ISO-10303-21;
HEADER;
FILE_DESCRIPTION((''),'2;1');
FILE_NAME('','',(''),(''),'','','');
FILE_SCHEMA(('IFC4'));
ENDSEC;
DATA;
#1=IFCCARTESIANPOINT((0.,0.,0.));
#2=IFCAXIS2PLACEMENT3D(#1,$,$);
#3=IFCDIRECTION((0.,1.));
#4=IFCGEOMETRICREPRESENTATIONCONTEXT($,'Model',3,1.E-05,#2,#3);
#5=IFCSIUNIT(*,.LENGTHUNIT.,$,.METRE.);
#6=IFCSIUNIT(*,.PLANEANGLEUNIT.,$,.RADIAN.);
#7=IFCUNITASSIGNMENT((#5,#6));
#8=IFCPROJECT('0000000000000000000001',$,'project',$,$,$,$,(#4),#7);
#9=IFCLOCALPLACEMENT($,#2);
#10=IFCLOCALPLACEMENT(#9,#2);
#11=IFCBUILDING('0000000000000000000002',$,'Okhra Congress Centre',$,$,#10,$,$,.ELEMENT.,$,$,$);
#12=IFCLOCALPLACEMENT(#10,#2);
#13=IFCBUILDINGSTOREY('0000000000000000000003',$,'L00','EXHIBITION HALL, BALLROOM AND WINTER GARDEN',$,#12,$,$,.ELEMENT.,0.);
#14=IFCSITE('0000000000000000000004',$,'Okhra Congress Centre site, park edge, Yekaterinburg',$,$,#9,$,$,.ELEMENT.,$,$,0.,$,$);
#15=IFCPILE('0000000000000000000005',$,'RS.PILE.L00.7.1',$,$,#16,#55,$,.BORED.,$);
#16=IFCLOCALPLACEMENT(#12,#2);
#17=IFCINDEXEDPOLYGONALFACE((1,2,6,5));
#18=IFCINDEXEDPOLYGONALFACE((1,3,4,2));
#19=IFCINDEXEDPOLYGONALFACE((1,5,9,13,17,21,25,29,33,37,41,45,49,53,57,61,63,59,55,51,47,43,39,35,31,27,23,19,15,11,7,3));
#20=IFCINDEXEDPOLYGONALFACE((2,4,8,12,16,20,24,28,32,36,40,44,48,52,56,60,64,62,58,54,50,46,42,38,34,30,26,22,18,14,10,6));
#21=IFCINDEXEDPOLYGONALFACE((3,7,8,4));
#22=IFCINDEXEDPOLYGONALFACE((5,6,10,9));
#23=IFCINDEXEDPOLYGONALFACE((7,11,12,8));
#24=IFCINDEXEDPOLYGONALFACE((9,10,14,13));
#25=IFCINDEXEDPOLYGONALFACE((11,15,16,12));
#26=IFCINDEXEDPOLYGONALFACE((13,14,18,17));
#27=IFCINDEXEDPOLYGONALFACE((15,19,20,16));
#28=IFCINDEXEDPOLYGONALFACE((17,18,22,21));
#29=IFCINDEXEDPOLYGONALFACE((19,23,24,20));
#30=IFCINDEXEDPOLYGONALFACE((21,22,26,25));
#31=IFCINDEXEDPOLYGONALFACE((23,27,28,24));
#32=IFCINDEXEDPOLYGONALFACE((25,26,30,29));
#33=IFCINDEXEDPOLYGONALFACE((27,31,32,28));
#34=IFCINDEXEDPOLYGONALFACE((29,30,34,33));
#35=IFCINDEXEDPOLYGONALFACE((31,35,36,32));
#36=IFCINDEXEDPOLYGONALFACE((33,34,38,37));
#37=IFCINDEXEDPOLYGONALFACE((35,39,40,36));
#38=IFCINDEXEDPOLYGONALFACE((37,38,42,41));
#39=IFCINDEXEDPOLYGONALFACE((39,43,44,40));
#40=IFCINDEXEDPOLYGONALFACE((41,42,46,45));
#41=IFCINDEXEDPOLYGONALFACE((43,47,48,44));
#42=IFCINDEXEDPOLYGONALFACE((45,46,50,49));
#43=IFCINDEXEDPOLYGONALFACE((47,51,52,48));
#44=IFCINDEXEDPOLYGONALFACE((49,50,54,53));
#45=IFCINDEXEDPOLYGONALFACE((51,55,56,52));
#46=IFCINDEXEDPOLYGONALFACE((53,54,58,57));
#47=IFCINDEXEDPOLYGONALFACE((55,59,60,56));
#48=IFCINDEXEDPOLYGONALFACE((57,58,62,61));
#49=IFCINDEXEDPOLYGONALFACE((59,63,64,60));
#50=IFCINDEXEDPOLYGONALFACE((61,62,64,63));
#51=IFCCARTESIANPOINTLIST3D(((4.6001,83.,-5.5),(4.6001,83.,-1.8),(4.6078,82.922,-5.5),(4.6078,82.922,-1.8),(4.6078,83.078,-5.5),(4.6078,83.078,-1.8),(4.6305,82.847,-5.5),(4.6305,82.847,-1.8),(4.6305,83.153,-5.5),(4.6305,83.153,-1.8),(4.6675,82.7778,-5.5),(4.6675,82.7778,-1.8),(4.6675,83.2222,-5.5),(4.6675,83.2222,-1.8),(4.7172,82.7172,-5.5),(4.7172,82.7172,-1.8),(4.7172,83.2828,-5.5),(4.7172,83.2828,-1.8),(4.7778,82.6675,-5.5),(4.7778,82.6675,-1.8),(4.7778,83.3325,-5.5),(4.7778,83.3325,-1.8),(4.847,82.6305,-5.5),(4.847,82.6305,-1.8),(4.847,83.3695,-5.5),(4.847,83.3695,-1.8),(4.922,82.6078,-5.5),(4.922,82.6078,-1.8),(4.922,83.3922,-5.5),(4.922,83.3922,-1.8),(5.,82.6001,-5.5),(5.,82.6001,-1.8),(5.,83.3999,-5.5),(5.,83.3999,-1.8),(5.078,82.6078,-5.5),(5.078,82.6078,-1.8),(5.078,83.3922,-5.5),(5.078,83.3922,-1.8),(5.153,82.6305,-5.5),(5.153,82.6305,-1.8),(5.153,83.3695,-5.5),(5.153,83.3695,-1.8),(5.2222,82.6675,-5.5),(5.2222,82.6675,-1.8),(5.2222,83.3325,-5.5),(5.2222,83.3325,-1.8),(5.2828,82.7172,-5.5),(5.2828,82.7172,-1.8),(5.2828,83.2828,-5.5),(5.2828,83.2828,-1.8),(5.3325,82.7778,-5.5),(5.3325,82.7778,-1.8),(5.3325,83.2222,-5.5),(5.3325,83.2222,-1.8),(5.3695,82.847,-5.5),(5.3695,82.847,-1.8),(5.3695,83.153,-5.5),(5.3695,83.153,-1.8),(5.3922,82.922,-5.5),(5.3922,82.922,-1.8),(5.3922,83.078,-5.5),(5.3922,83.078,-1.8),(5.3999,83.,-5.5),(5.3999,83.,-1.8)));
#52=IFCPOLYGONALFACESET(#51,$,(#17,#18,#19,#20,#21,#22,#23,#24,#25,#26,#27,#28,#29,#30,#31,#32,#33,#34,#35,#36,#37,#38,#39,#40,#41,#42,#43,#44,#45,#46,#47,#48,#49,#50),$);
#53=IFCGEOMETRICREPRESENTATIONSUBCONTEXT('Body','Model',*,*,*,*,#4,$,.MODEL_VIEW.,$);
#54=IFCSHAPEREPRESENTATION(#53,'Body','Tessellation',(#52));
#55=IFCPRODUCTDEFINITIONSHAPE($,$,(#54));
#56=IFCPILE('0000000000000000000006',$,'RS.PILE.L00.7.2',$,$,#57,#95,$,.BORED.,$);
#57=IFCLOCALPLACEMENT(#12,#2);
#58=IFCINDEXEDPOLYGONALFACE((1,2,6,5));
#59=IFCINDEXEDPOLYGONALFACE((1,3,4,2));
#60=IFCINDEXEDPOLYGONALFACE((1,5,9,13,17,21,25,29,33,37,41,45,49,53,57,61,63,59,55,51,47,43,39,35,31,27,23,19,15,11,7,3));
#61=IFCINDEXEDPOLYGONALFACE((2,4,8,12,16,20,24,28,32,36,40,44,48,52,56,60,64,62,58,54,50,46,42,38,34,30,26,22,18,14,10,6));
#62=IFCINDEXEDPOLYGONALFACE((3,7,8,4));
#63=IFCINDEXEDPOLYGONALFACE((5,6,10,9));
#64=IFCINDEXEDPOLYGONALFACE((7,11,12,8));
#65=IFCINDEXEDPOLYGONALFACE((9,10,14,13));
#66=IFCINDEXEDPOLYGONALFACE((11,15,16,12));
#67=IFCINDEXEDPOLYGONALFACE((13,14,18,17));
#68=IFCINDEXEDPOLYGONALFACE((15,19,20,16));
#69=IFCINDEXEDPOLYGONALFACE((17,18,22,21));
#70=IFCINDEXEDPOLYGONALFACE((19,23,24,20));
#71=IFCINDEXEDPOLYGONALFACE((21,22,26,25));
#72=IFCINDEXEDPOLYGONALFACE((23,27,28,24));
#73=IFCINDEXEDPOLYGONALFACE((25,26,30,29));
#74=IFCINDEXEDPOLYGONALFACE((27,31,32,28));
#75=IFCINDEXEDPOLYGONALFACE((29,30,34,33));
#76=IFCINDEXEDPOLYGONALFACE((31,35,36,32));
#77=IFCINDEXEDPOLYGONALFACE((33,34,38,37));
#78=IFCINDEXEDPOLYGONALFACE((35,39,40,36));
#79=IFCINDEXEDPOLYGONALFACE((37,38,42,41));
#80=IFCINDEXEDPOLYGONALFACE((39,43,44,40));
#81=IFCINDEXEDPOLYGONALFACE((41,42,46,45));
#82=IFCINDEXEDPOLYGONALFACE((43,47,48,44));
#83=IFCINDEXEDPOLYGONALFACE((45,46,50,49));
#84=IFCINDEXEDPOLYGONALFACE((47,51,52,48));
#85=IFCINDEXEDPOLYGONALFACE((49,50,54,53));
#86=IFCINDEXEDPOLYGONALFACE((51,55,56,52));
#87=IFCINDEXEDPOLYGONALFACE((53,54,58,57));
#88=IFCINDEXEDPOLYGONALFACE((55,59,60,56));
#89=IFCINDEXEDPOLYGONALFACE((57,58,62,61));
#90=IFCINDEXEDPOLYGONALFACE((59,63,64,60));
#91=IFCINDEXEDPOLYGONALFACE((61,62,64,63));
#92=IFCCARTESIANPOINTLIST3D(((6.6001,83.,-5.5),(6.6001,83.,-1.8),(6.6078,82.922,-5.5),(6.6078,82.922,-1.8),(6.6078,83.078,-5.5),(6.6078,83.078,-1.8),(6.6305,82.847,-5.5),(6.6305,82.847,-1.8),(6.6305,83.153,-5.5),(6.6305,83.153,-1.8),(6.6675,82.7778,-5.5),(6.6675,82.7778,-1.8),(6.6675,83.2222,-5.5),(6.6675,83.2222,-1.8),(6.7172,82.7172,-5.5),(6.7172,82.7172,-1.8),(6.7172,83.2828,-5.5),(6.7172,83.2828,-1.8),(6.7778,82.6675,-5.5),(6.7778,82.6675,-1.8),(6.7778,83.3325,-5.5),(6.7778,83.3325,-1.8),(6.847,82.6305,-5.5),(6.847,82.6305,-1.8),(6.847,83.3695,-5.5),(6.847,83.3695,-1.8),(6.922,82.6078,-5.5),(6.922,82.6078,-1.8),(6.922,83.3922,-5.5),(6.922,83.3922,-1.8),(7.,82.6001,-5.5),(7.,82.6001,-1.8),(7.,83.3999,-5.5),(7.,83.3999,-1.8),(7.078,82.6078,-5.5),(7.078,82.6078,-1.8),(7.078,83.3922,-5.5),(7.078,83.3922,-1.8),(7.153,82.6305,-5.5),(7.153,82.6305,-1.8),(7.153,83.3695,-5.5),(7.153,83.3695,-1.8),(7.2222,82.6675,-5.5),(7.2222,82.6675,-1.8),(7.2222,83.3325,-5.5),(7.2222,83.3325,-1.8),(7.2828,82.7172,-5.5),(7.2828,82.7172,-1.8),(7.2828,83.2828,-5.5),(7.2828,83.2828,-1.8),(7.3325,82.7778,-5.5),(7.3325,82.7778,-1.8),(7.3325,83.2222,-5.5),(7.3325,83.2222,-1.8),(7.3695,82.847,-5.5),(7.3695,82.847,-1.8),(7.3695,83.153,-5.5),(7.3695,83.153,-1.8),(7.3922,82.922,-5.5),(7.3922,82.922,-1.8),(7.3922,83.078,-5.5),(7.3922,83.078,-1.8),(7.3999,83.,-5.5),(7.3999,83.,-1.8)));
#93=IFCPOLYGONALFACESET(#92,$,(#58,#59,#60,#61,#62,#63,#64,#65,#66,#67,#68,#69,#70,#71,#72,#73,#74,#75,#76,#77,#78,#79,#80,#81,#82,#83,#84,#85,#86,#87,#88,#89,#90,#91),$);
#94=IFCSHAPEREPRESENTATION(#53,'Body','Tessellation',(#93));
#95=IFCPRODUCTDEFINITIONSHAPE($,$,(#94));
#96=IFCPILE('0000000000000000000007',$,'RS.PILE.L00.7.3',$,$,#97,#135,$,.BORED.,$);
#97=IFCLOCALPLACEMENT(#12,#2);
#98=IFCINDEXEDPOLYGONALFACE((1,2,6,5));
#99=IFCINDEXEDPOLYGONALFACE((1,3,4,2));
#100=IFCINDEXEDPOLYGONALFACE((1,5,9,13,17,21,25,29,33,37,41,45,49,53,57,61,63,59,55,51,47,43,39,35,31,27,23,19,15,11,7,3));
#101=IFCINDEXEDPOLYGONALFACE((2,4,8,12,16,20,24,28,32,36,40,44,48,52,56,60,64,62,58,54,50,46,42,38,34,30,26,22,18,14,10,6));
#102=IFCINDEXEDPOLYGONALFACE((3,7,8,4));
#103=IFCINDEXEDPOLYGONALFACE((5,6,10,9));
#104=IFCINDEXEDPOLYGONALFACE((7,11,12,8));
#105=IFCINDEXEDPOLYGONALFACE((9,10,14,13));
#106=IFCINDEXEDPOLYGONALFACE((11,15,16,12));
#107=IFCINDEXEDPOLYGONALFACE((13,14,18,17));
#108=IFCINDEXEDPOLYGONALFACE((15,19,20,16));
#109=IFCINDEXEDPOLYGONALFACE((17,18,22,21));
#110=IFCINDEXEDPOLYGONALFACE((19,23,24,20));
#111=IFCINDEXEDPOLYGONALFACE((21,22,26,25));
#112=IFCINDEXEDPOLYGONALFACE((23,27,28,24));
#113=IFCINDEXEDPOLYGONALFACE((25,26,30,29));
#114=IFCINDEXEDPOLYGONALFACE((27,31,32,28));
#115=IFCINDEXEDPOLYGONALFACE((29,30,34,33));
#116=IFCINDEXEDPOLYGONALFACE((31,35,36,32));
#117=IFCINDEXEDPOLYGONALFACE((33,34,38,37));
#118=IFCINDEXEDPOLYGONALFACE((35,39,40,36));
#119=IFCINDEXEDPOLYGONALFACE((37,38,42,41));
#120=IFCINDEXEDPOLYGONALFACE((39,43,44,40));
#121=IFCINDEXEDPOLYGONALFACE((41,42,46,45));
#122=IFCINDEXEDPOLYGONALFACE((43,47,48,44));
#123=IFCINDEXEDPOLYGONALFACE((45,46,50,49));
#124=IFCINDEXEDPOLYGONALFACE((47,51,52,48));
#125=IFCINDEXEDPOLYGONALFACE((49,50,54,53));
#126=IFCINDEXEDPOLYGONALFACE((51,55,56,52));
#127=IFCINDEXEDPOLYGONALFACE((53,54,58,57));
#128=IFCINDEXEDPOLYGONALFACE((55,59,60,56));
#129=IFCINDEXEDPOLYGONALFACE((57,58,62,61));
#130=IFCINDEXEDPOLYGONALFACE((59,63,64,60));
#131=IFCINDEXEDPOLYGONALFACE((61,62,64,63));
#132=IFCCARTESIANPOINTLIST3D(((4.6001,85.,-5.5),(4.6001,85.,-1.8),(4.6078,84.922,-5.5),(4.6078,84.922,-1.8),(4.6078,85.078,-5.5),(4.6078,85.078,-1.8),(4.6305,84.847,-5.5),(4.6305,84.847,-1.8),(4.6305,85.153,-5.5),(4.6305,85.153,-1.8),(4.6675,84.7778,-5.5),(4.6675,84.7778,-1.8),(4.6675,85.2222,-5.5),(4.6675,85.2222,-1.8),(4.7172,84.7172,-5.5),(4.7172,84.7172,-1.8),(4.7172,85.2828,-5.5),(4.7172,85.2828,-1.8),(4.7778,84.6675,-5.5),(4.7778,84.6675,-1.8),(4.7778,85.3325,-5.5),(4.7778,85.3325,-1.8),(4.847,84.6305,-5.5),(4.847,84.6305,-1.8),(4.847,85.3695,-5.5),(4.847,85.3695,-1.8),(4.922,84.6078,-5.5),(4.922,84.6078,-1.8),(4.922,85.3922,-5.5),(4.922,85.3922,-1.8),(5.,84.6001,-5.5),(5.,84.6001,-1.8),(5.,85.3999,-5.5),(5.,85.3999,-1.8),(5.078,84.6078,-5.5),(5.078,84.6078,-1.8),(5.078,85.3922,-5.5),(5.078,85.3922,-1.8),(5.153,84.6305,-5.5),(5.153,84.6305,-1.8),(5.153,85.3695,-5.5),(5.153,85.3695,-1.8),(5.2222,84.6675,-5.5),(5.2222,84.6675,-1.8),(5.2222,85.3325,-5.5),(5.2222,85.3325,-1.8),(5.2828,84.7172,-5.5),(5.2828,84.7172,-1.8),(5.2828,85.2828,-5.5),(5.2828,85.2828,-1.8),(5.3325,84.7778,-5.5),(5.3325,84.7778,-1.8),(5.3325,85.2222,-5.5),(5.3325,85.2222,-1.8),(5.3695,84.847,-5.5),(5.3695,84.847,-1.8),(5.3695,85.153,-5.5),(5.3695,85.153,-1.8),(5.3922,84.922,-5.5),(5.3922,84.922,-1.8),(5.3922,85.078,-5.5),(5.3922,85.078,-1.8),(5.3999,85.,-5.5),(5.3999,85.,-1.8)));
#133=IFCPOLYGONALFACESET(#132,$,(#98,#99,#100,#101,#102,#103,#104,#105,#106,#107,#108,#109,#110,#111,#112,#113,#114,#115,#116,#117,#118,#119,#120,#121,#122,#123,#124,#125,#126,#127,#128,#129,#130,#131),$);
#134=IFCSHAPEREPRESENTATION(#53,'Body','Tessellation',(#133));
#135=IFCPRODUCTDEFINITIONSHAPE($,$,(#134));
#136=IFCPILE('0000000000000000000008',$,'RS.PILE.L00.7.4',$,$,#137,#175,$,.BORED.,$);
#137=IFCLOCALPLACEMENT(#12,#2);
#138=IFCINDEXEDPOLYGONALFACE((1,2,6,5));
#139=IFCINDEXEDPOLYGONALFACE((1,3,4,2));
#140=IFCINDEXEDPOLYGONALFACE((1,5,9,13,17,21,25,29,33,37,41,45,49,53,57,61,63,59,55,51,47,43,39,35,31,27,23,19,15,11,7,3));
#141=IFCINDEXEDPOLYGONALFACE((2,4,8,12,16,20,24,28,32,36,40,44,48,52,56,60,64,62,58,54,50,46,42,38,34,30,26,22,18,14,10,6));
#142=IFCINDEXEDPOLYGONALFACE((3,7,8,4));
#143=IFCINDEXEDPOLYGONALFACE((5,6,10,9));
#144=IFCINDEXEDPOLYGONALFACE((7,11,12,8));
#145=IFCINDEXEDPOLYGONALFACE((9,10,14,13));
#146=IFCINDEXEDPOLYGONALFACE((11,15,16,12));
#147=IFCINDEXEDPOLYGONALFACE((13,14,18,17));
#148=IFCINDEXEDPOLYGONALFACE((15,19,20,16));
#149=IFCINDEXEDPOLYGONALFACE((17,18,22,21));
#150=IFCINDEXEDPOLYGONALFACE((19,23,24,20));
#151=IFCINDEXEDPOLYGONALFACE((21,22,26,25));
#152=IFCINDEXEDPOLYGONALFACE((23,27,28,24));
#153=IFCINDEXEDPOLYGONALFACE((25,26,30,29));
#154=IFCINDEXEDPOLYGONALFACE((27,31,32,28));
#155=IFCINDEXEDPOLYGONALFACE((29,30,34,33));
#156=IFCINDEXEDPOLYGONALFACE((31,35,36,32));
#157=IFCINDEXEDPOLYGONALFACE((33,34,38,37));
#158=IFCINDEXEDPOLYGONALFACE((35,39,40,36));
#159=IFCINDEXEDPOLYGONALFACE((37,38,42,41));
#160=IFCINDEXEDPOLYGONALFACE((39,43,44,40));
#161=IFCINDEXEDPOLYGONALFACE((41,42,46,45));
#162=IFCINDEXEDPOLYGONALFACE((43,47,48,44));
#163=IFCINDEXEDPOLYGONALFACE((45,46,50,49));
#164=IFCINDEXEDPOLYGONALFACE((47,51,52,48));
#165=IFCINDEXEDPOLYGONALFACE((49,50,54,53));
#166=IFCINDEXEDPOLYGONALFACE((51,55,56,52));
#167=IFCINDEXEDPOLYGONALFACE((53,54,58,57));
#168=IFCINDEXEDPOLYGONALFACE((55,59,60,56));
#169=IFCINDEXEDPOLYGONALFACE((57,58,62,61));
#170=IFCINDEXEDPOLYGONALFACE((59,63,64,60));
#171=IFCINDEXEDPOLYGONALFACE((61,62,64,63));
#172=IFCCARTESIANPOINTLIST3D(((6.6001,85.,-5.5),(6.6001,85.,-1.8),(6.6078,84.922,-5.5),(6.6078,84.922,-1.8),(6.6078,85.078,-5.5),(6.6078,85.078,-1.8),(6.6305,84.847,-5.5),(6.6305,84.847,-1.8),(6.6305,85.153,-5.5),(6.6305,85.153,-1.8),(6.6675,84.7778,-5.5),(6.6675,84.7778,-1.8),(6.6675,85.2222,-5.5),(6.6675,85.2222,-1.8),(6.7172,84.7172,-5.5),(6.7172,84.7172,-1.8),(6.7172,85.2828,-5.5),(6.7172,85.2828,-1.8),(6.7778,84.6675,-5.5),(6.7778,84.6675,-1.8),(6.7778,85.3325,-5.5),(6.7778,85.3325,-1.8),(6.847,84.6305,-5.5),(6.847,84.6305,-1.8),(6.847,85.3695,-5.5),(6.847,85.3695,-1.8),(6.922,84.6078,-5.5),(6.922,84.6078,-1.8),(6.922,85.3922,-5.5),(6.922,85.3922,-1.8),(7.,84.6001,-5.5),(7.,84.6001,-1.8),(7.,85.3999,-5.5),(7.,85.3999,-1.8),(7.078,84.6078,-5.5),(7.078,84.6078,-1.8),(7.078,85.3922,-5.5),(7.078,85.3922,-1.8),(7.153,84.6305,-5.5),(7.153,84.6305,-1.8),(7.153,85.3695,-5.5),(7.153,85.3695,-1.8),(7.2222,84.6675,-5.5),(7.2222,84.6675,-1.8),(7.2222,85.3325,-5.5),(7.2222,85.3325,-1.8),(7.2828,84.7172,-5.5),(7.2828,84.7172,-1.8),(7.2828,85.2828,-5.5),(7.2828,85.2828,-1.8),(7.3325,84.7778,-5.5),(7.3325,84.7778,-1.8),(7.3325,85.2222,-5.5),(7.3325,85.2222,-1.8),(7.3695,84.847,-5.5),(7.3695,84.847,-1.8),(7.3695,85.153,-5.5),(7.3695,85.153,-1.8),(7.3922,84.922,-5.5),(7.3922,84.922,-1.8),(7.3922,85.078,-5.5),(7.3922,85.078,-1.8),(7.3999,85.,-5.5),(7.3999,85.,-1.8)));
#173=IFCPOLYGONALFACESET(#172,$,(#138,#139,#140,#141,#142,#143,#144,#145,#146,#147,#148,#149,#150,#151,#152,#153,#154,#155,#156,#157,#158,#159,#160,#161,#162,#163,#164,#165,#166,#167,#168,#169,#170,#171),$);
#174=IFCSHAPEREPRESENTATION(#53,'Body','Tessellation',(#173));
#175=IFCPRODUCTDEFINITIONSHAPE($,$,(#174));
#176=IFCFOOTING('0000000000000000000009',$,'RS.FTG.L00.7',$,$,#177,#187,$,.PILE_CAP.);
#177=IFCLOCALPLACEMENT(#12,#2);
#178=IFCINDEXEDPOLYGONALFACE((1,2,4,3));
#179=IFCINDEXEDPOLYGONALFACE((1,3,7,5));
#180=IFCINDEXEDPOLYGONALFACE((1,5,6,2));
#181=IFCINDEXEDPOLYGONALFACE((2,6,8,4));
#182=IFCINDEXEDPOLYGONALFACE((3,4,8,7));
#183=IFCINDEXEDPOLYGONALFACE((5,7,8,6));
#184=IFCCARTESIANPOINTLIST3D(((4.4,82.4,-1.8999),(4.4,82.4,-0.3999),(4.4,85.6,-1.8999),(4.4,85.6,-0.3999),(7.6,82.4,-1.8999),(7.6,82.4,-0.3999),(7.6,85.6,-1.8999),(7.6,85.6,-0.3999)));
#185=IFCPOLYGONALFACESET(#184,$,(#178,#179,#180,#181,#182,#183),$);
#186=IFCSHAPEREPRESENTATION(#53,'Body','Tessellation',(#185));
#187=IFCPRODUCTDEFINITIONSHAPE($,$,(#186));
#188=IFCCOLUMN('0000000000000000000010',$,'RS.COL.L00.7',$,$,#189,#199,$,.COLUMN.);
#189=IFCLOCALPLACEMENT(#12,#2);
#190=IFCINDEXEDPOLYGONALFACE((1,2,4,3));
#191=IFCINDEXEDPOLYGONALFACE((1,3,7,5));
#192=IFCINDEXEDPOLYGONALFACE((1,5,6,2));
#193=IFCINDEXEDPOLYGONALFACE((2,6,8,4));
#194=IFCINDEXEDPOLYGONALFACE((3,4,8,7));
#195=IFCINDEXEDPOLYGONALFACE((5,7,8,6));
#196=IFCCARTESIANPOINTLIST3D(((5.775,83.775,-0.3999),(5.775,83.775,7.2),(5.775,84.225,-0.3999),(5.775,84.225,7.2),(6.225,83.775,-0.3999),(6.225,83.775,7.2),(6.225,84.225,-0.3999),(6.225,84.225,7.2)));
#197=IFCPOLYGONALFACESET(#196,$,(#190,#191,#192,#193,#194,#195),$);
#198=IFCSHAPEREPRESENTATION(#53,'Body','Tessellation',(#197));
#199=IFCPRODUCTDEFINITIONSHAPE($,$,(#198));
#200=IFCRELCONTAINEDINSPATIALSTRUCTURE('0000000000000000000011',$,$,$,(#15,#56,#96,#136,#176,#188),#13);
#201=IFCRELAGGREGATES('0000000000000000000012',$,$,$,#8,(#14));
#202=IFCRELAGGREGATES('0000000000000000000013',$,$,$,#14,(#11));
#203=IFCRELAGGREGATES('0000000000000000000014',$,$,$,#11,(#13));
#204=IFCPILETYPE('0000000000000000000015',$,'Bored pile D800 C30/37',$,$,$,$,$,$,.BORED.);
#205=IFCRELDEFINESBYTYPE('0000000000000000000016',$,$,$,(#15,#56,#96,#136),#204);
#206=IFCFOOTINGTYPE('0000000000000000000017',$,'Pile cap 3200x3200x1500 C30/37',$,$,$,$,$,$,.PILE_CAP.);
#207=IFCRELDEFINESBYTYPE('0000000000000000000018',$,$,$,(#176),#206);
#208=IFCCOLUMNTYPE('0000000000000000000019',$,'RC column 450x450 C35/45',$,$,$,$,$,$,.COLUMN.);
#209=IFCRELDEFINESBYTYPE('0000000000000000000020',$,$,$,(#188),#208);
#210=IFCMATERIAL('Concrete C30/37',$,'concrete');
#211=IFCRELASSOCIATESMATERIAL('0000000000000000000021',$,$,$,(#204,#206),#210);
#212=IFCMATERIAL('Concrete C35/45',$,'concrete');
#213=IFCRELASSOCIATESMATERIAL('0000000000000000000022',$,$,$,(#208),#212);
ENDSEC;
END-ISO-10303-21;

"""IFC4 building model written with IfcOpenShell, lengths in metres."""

from ifc_helpers import new_model, si_unit, direction, frame, origin, origin_2d, place, context, subcontext, project, spatial, rectangle, circle, extrude, material, material_profile, profile_set, type_object, element, save


model = new_model("IFC4")

# Units and contexts
model_context = context("Model", 3, precision=1e-05, world=origin(), true_north=direction((0.0, 1.0)))
body_context = subcontext(model_context, "Body", "Model", "MODEL_VIEW")
ifc_project = project(units=[si_unit("LENGTHUNIT", "METRE"), si_unit("PLANEANGLEUNIT", "RADIAN")], contexts=[model_context])

# Site, building, storey
site_placement = place(None, origin())
site = spatial("IfcSite", under=ifc_project, at=site_placement, Name="Okhra Congress Centre site, park edge, Yekaterinburg", CompositionType="ELEMENT", RefElevation=0.0)
building_placement = place(site_placement, origin())
building = spatial("IfcBuilding", under=site, at=building_placement, Name="Okhra Congress Centre", CompositionType="ELEMENT")
storey_placement = place(building_placement, origin())
storey = spatial("IfcBuildingStorey", under=building, at=storey_placement, Name="L00", Description="EXHIBITION HALL, BALLROOM AND WINTER GARDEN", CompositionType="ELEMENT", Elevation=0.0)

# Piles
ifc_material_1 = material(Name="Concrete C30/37", Category="concrete")
ifc_material_profile_1 = material_profile(ifc_material_1, circle(Radius=0.3999, at=origin_2d()), Name="D800")
ifc_profile_set_1 = profile_set([ifc_material_profile_1], Name="Concrete C30/37")
pile_type = type_object("IfcPileType", Name="Bored pile D800 C30/37", PredefinedType="BORED", material=ifc_profile_set_1)
for number, where, z_axis, x_axis, name in (
    (1, (5.0, 83.0, -1.8), (0.0, 0.0, -1.0), (1.0, 0.0, 0.0), "RS.PILE.L00.7.1"),
    (2, (7.0, 83.0, -1.8), (0.0, 0.0, -1.0), (1.0, 0.0, 0.0), "RS.PILE.L00.7.2"),
    (3, (5.0, 85.0, -1.8), (0.0, 0.0, -1.0), (1.0, 0.0, 0.0), "RS.PILE.L00.7.3"),
    (4, (7.0, 85.0, -1.8), (0.0, 0.0, -1.0), (1.0, 0.0, 0.0), "RS.PILE.L00.7.4"),
):
    element("IfcPile", number, at=place(storey_placement, frame(where, z_axis=z_axis, x_axis=x_axis)), inside=storey, type_object=pile_type, Name=name, PredefinedType="BORED", context=body_context, shape_type="SweptSolid", body=[
        extrude(circle(Radius=0.3999, at=origin_2d()), origin(), (0.0, 0.0, 1.0), 3.7),
    ])

# Footing
footing_type = type_object("IfcFootingType", Name="Pile cap 3200x3200x1500 C30/37", PredefinedType="PILE_CAP", material=ifc_material_1)
footing_placement = place(storey_placement, frame((6.0, 84.0, -1.8999), z_axis=(0.0, 0.0, 1.0), x_axis=(1.0, 0.0, 0.0)))
element("IfcFooting", 5, at=footing_placement, inside=storey, type_object=footing_type, Name="RS.FTG.L00.7", PredefinedType="PILE_CAP", context=body_context, shape_type="SweptSolid", body=[
    extrude(rectangle(XDim=3.2, YDim=3.2, at=origin_2d()), origin(), (0.0, 0.0, 1.0), 1.5),
])

# Column
ifc_material_2 = material(Name="Concrete C35/45", Category="concrete")
ifc_material_profile_2 = material_profile(ifc_material_2, rectangle(XDim=0.45, YDim=0.45, at=origin_2d()), Name="RC 450x450")
ifc_profile_set_2 = profile_set([ifc_material_profile_2], Name="Concrete C35/45")
column_type = type_object("IfcColumnType", Name="RC column 450x450 C35/45", PredefinedType="COLUMN", material=ifc_profile_set_2)
column_placement = place(storey_placement, frame((6.0, 84.0, -0.3999), z_axis=(0.0, 0.0, 1.0), x_axis=(1.0, 0.0, 0.0)))
element("IfcColumn", 6, at=column_placement, inside=storey, type_object=column_type, Name="RS.COL.L00.7", PredefinedType="COLUMN", context=body_context, shape_type="SweptSolid", body=[
    extrude(rectangle(XDim=0.45, YDim=0.45, at=origin_2d()), origin(), (0.0, 0.0, 1.0), 7.5999),
])

save(model, "model.ifc")
